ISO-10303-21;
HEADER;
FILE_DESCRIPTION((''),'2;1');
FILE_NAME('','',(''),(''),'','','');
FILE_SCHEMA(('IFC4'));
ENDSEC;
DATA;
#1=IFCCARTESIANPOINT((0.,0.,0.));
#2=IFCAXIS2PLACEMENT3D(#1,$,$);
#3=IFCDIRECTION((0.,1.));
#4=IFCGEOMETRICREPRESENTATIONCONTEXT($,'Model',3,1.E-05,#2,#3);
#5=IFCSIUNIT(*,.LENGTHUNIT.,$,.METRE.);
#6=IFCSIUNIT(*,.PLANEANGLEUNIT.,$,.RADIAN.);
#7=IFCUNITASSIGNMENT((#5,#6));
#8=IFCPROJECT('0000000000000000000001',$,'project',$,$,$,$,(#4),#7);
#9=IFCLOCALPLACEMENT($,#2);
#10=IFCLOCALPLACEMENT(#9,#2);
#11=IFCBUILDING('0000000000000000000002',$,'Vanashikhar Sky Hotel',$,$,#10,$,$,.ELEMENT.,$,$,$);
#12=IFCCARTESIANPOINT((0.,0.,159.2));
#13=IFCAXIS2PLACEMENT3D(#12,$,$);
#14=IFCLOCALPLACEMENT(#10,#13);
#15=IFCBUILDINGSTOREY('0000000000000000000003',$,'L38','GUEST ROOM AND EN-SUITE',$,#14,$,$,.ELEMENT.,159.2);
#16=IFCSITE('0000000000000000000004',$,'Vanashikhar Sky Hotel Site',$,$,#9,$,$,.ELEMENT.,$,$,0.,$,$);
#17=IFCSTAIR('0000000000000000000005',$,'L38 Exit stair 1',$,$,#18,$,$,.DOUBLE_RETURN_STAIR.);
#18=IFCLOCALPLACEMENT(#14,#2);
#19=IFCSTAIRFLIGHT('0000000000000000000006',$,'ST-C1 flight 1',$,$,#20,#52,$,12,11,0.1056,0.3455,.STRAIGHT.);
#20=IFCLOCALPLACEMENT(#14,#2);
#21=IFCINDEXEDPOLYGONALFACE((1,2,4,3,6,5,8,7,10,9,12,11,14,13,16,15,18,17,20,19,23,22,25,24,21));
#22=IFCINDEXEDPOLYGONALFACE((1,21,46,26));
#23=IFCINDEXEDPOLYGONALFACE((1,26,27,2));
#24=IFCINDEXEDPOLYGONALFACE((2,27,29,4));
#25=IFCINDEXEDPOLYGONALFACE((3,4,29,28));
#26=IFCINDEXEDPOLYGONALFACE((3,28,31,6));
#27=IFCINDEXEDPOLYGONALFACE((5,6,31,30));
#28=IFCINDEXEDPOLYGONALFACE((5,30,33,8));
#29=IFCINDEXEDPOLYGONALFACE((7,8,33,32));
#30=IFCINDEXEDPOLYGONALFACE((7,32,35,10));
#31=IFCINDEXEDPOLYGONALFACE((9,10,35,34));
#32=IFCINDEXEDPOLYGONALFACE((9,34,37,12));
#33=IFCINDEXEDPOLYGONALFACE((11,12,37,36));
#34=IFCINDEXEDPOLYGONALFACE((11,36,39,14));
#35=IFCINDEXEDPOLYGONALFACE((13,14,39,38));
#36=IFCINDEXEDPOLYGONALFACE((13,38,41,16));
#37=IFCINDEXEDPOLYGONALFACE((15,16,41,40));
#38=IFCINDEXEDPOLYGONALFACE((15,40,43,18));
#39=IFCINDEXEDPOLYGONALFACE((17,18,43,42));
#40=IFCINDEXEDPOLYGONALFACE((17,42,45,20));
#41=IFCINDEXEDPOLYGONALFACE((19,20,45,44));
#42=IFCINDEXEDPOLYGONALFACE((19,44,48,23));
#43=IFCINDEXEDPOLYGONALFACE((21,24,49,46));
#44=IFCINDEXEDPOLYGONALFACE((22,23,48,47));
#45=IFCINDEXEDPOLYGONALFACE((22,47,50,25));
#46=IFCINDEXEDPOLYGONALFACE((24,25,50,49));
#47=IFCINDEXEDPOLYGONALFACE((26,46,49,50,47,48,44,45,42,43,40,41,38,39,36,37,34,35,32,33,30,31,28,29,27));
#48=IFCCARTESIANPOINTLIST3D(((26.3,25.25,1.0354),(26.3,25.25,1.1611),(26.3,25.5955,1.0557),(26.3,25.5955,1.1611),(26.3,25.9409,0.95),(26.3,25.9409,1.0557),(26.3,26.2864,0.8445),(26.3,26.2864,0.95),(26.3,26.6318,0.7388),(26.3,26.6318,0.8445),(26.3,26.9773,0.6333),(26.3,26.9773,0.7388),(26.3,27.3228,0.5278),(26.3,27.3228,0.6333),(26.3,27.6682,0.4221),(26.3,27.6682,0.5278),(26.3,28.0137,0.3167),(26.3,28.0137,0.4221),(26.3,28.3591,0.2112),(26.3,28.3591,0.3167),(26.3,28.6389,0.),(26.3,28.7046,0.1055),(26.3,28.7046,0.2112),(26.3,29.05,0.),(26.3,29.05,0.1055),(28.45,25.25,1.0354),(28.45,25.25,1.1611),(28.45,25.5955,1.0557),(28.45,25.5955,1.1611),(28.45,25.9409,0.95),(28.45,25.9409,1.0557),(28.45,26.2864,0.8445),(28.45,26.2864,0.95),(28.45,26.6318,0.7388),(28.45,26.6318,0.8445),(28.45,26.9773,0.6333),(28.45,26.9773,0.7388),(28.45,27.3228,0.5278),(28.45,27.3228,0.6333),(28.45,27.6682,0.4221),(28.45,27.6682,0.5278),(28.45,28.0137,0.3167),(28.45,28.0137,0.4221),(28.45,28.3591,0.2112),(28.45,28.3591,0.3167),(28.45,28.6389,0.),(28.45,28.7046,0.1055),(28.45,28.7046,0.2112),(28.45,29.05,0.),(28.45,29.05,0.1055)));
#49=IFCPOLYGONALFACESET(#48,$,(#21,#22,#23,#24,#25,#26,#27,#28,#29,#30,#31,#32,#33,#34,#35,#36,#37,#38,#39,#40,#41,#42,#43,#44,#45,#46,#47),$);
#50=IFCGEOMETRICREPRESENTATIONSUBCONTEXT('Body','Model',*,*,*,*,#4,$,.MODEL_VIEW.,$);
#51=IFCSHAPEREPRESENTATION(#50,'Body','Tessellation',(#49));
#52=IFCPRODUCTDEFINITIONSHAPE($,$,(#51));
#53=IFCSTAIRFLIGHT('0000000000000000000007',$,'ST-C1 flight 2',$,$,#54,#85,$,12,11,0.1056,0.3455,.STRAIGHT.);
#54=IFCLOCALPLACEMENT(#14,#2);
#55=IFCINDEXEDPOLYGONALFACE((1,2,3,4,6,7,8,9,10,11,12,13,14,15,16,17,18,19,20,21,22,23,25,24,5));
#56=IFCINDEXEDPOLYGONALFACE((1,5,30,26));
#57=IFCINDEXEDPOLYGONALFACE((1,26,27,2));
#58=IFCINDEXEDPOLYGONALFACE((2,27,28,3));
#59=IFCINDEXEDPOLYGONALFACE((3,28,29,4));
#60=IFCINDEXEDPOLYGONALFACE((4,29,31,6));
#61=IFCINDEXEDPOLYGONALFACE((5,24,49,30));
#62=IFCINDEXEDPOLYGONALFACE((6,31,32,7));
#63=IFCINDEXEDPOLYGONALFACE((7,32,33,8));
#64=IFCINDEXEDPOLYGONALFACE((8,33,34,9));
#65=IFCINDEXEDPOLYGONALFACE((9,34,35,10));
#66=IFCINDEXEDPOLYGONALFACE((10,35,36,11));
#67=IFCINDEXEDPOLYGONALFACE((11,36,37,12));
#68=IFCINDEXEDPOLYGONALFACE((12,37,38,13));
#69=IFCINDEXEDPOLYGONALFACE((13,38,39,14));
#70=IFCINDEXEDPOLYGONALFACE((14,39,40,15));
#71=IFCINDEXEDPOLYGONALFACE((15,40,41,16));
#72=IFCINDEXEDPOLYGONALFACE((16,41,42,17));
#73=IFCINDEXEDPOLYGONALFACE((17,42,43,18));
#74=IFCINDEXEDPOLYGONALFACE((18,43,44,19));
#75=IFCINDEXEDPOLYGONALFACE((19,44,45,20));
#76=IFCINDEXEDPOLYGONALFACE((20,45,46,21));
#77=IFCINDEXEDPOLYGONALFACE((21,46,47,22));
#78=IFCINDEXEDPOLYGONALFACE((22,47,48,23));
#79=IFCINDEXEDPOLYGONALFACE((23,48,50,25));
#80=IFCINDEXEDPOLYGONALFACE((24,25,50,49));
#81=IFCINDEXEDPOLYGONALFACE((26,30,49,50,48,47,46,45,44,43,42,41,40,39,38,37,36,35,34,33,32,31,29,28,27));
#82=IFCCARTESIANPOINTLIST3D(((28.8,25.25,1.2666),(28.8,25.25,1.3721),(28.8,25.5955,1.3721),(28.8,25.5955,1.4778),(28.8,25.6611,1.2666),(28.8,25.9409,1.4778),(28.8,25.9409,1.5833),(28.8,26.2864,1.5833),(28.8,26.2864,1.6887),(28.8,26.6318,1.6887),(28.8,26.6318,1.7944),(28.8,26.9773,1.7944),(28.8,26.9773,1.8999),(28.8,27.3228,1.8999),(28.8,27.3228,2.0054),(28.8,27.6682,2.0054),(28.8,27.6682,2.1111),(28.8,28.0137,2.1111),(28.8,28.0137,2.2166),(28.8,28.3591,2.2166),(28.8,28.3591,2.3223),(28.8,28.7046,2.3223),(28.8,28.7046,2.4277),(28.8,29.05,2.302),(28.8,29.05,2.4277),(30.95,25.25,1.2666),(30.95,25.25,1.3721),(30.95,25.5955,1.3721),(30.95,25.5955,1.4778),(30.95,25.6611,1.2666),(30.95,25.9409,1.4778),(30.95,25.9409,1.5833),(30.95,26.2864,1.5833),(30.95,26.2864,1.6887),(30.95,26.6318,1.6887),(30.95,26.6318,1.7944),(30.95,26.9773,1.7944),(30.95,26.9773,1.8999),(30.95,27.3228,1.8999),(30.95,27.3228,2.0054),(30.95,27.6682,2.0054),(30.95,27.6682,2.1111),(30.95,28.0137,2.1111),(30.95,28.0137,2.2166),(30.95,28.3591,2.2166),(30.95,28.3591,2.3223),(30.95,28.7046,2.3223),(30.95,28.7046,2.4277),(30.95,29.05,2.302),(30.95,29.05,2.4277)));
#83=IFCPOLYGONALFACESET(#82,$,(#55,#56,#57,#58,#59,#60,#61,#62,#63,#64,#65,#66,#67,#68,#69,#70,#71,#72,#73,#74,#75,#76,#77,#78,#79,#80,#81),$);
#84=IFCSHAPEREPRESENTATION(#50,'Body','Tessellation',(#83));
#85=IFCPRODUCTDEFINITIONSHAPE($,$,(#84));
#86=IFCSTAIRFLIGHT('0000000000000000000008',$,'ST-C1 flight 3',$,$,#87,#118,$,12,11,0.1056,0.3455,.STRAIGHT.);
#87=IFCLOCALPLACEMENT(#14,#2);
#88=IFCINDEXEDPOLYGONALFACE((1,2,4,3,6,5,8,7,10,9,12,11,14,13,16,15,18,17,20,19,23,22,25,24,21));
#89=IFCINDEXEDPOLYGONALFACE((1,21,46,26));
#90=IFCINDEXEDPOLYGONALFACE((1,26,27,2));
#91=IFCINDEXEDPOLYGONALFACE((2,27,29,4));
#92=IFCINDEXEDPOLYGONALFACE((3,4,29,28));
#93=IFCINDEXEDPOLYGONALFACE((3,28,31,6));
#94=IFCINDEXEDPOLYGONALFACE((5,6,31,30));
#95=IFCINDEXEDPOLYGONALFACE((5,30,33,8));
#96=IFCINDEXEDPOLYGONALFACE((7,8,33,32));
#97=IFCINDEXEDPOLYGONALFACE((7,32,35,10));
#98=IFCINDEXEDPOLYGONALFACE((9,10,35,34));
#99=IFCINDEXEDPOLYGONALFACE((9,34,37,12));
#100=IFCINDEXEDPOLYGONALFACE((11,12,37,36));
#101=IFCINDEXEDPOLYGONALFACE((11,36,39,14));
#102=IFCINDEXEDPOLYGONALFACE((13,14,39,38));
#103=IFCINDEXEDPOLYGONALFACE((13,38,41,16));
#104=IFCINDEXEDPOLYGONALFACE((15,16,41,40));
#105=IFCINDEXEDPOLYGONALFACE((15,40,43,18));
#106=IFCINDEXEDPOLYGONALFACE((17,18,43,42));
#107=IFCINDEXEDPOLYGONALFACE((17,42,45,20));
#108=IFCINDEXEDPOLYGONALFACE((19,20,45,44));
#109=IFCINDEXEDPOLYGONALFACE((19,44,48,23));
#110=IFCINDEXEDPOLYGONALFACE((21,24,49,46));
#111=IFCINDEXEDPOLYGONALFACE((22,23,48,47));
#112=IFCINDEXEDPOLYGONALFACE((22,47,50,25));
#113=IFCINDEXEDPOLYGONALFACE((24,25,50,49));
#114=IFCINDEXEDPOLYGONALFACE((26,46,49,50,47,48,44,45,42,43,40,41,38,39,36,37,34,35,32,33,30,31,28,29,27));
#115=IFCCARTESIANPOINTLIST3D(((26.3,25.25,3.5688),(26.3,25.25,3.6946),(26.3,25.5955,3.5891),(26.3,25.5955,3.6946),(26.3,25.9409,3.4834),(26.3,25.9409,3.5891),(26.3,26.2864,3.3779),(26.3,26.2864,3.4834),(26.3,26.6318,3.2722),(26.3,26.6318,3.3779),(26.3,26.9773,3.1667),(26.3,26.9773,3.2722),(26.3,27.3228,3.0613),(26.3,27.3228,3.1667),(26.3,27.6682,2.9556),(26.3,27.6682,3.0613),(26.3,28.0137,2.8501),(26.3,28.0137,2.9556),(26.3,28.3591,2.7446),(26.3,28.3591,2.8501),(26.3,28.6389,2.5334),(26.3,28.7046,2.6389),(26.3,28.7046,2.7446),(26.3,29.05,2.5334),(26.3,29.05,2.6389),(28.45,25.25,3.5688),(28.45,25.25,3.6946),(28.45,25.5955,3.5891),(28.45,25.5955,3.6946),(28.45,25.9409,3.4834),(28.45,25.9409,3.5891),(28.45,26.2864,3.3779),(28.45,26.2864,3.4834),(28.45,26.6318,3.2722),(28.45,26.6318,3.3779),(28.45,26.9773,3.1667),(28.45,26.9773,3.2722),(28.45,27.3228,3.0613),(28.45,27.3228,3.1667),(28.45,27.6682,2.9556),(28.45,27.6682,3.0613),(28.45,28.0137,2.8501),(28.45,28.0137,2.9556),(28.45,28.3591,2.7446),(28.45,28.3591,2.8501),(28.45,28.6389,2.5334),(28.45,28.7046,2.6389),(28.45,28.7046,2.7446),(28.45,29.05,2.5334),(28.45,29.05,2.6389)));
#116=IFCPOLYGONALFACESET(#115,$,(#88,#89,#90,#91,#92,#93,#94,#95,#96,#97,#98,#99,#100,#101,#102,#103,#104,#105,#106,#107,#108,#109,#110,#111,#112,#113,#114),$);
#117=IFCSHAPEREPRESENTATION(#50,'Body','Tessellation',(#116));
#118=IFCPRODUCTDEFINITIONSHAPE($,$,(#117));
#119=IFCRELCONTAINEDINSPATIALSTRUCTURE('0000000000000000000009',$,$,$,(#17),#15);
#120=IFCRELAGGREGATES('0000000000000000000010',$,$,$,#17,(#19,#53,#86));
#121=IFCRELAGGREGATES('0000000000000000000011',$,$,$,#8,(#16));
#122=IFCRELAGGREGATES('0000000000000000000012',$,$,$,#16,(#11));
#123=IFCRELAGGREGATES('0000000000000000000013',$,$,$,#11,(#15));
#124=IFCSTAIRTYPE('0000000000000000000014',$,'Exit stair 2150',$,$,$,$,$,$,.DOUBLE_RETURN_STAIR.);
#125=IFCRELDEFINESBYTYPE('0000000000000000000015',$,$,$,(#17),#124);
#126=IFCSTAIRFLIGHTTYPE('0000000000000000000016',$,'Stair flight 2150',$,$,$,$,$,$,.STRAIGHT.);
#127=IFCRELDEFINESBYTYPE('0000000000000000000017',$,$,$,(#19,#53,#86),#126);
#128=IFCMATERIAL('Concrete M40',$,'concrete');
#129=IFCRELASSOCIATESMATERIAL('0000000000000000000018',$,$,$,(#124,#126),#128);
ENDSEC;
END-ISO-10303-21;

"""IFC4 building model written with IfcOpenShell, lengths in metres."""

from ifc_helpers import new_model, si_unit, direction, frame, origin, place, context, subcontext, project, spatial, polyline, outline, extrude, source, transform, mapped, material, type_object, element, aggregate, save


model = new_model("IFC4")

# Units and contexts
model_context = context("Model", 3, precision=1e-05, world=origin(), true_north=direction((0.0, 1.0)))
body_context = subcontext(model_context, "Body", "Model", "MODEL_VIEW")
ifc_project = project(units=[si_unit("LENGTHUNIT", "METRE"), si_unit("PLANEANGLEUNIT", "RADIAN")], contexts=[model_context])

# Site, building, storey
site_placement = place(None, origin())
site = spatial("IfcSite", under=ifc_project, at=site_placement, Name="Vanashikhar Sky Hotel Site", CompositionType="ELEMENT", RefElevation=0.0)
building_placement = place(site_placement, origin())
building = spatial("IfcBuilding", under=site, at=building_placement, Name="Vanashikhar Sky Hotel", CompositionType="ELEMENT")
storey_placement = place(building_placement, frame((0.0, 0.0, 159.2)))
storey = spatial("IfcBuildingStorey", under=building, at=storey_placement, Name="L38", Description="GUEST ROOM AND EN-SUITE", CompositionType="ELEMENT", Elevation=159.2)

# Shared definitions
ifc_material_1 = material(Name="Concrete M40", Category="concrete")

# Stair, stair flights
stair_type = type_object("IfcStairType", Name="Exit stair 2150", PredefinedType="DOUBLE_RETURN_STAIR", material=ifc_material_1)
stair_placement = place(storey_placement, origin())
stair = element("IfcStair", 1, at=stair_placement, inside=storey, type_object=stair_type, Name="L38 Exit stair 1", PredefinedType="DOUBLE_RETURN_STAIR")
stair_flight_type = type_object("IfcStairFlightType", Name="Stair flight 2150", PredefinedType="STRAIGHT", material=ifc_material_1)
shared_shape_1 = source(origin(), body_context, "Body", "SweptSolid", [
    extrude(outline(polyline([(0.0, 0.0), (0.0, 0.1055), (0.3455, 0.1055), (0.3455, 0.2112), (0.6909, 0.2112), (0.6909, 0.3167), (1.0364, 0.3167), (1.0364, 0.4221), (1.3818, 0.4221), (1.3818, 0.5278), (1.7273, 0.5278), (1.7273, 0.6333), (2.0728, 0.6333), (2.0728, 0.7388), (2.4182, 0.7388), (2.4182, 0.8445), (2.7637, 0.8445), (2.7637, 0.95), (3.1091, 0.95), (3.1091, 1.0557), (3.4546, 1.0557), (3.4546, 1.1611), (3.8, 1.1611), (3.8, 1.2666), (3.8, 1.0354), (0.4111, 0.0), (0.0, 0.0)])), frame((0.0, 1.075, 0.0), z_axis=(0.0, -1.0, 0.0), x_axis=(1.0, 0.0, 0.0)), (0.0, 0.0, 1.0), 2.1499),
])
stair_flight_1_placement = place(storey_placement, frame((27.375, 29.05, 0.0), z_axis=(0.0, 0.0, 1.0), x_axis=(0.0, -1.0, 0.0)))
stair_flight_1 = element("IfcStairFlight", 2, at=stair_flight_1_placement, type_object=stair_flight_type, Name="ST-C1 flight 1", NumberOfRisers=12, NumberOfTreads=11, PredefinedType="STRAIGHT", RiserHeight=0.1056, TreadLength=0.3455, context=body_context, shape_type="MappedRepresentation", body=[
    mapped(shared_shape_1, transform((0.0, 0.0, 0.0), scale=1.0)),
])
stair_flight_2_placement = place(storey_placement, frame((29.875, 25.25, 1.2666), z_axis=(0.0, 0.0, 1.0), x_axis=(0.0, 1.0, 0.0)))
stair_flight_2 = element("IfcStairFlight", 3, at=stair_flight_2_placement, type_object=stair_flight_type, Name="ST-C1 flight 2", NumberOfRisers=12, NumberOfTreads=11, PredefinedType="STRAIGHT", RiserHeight=0.1056, TreadLength=0.3455, context=body_context, shape_type="MappedRepresentation", body=[
    mapped(shared_shape_1, transform((0.0, 0.0, 0.0), scale=1.0)),
])
stair_flight_3_placement = place(storey_placement, frame((27.375, 29.05, 2.5334), z_axis=(0.0, 0.0, 1.0), x_axis=(0.0, -1.0, 0.0)))
stair_flight_3 = element("IfcStairFlight", 4, at=stair_flight_3_placement, type_object=stair_flight_type, Name="ST-C1 flight 3", NumberOfRisers=12, NumberOfTreads=11, PredefinedType="STRAIGHT", RiserHeight=0.1056, TreadLength=0.3455, context=body_context, shape_type="MappedRepresentation", body=[
    mapped(shared_shape_1, transform((0.0, 0.0, 0.0), scale=1.0)),
])
aggregate(stair, [stair_flight_1, stair_flight_2, stair_flight_3])

save(model, "model.ifc")
